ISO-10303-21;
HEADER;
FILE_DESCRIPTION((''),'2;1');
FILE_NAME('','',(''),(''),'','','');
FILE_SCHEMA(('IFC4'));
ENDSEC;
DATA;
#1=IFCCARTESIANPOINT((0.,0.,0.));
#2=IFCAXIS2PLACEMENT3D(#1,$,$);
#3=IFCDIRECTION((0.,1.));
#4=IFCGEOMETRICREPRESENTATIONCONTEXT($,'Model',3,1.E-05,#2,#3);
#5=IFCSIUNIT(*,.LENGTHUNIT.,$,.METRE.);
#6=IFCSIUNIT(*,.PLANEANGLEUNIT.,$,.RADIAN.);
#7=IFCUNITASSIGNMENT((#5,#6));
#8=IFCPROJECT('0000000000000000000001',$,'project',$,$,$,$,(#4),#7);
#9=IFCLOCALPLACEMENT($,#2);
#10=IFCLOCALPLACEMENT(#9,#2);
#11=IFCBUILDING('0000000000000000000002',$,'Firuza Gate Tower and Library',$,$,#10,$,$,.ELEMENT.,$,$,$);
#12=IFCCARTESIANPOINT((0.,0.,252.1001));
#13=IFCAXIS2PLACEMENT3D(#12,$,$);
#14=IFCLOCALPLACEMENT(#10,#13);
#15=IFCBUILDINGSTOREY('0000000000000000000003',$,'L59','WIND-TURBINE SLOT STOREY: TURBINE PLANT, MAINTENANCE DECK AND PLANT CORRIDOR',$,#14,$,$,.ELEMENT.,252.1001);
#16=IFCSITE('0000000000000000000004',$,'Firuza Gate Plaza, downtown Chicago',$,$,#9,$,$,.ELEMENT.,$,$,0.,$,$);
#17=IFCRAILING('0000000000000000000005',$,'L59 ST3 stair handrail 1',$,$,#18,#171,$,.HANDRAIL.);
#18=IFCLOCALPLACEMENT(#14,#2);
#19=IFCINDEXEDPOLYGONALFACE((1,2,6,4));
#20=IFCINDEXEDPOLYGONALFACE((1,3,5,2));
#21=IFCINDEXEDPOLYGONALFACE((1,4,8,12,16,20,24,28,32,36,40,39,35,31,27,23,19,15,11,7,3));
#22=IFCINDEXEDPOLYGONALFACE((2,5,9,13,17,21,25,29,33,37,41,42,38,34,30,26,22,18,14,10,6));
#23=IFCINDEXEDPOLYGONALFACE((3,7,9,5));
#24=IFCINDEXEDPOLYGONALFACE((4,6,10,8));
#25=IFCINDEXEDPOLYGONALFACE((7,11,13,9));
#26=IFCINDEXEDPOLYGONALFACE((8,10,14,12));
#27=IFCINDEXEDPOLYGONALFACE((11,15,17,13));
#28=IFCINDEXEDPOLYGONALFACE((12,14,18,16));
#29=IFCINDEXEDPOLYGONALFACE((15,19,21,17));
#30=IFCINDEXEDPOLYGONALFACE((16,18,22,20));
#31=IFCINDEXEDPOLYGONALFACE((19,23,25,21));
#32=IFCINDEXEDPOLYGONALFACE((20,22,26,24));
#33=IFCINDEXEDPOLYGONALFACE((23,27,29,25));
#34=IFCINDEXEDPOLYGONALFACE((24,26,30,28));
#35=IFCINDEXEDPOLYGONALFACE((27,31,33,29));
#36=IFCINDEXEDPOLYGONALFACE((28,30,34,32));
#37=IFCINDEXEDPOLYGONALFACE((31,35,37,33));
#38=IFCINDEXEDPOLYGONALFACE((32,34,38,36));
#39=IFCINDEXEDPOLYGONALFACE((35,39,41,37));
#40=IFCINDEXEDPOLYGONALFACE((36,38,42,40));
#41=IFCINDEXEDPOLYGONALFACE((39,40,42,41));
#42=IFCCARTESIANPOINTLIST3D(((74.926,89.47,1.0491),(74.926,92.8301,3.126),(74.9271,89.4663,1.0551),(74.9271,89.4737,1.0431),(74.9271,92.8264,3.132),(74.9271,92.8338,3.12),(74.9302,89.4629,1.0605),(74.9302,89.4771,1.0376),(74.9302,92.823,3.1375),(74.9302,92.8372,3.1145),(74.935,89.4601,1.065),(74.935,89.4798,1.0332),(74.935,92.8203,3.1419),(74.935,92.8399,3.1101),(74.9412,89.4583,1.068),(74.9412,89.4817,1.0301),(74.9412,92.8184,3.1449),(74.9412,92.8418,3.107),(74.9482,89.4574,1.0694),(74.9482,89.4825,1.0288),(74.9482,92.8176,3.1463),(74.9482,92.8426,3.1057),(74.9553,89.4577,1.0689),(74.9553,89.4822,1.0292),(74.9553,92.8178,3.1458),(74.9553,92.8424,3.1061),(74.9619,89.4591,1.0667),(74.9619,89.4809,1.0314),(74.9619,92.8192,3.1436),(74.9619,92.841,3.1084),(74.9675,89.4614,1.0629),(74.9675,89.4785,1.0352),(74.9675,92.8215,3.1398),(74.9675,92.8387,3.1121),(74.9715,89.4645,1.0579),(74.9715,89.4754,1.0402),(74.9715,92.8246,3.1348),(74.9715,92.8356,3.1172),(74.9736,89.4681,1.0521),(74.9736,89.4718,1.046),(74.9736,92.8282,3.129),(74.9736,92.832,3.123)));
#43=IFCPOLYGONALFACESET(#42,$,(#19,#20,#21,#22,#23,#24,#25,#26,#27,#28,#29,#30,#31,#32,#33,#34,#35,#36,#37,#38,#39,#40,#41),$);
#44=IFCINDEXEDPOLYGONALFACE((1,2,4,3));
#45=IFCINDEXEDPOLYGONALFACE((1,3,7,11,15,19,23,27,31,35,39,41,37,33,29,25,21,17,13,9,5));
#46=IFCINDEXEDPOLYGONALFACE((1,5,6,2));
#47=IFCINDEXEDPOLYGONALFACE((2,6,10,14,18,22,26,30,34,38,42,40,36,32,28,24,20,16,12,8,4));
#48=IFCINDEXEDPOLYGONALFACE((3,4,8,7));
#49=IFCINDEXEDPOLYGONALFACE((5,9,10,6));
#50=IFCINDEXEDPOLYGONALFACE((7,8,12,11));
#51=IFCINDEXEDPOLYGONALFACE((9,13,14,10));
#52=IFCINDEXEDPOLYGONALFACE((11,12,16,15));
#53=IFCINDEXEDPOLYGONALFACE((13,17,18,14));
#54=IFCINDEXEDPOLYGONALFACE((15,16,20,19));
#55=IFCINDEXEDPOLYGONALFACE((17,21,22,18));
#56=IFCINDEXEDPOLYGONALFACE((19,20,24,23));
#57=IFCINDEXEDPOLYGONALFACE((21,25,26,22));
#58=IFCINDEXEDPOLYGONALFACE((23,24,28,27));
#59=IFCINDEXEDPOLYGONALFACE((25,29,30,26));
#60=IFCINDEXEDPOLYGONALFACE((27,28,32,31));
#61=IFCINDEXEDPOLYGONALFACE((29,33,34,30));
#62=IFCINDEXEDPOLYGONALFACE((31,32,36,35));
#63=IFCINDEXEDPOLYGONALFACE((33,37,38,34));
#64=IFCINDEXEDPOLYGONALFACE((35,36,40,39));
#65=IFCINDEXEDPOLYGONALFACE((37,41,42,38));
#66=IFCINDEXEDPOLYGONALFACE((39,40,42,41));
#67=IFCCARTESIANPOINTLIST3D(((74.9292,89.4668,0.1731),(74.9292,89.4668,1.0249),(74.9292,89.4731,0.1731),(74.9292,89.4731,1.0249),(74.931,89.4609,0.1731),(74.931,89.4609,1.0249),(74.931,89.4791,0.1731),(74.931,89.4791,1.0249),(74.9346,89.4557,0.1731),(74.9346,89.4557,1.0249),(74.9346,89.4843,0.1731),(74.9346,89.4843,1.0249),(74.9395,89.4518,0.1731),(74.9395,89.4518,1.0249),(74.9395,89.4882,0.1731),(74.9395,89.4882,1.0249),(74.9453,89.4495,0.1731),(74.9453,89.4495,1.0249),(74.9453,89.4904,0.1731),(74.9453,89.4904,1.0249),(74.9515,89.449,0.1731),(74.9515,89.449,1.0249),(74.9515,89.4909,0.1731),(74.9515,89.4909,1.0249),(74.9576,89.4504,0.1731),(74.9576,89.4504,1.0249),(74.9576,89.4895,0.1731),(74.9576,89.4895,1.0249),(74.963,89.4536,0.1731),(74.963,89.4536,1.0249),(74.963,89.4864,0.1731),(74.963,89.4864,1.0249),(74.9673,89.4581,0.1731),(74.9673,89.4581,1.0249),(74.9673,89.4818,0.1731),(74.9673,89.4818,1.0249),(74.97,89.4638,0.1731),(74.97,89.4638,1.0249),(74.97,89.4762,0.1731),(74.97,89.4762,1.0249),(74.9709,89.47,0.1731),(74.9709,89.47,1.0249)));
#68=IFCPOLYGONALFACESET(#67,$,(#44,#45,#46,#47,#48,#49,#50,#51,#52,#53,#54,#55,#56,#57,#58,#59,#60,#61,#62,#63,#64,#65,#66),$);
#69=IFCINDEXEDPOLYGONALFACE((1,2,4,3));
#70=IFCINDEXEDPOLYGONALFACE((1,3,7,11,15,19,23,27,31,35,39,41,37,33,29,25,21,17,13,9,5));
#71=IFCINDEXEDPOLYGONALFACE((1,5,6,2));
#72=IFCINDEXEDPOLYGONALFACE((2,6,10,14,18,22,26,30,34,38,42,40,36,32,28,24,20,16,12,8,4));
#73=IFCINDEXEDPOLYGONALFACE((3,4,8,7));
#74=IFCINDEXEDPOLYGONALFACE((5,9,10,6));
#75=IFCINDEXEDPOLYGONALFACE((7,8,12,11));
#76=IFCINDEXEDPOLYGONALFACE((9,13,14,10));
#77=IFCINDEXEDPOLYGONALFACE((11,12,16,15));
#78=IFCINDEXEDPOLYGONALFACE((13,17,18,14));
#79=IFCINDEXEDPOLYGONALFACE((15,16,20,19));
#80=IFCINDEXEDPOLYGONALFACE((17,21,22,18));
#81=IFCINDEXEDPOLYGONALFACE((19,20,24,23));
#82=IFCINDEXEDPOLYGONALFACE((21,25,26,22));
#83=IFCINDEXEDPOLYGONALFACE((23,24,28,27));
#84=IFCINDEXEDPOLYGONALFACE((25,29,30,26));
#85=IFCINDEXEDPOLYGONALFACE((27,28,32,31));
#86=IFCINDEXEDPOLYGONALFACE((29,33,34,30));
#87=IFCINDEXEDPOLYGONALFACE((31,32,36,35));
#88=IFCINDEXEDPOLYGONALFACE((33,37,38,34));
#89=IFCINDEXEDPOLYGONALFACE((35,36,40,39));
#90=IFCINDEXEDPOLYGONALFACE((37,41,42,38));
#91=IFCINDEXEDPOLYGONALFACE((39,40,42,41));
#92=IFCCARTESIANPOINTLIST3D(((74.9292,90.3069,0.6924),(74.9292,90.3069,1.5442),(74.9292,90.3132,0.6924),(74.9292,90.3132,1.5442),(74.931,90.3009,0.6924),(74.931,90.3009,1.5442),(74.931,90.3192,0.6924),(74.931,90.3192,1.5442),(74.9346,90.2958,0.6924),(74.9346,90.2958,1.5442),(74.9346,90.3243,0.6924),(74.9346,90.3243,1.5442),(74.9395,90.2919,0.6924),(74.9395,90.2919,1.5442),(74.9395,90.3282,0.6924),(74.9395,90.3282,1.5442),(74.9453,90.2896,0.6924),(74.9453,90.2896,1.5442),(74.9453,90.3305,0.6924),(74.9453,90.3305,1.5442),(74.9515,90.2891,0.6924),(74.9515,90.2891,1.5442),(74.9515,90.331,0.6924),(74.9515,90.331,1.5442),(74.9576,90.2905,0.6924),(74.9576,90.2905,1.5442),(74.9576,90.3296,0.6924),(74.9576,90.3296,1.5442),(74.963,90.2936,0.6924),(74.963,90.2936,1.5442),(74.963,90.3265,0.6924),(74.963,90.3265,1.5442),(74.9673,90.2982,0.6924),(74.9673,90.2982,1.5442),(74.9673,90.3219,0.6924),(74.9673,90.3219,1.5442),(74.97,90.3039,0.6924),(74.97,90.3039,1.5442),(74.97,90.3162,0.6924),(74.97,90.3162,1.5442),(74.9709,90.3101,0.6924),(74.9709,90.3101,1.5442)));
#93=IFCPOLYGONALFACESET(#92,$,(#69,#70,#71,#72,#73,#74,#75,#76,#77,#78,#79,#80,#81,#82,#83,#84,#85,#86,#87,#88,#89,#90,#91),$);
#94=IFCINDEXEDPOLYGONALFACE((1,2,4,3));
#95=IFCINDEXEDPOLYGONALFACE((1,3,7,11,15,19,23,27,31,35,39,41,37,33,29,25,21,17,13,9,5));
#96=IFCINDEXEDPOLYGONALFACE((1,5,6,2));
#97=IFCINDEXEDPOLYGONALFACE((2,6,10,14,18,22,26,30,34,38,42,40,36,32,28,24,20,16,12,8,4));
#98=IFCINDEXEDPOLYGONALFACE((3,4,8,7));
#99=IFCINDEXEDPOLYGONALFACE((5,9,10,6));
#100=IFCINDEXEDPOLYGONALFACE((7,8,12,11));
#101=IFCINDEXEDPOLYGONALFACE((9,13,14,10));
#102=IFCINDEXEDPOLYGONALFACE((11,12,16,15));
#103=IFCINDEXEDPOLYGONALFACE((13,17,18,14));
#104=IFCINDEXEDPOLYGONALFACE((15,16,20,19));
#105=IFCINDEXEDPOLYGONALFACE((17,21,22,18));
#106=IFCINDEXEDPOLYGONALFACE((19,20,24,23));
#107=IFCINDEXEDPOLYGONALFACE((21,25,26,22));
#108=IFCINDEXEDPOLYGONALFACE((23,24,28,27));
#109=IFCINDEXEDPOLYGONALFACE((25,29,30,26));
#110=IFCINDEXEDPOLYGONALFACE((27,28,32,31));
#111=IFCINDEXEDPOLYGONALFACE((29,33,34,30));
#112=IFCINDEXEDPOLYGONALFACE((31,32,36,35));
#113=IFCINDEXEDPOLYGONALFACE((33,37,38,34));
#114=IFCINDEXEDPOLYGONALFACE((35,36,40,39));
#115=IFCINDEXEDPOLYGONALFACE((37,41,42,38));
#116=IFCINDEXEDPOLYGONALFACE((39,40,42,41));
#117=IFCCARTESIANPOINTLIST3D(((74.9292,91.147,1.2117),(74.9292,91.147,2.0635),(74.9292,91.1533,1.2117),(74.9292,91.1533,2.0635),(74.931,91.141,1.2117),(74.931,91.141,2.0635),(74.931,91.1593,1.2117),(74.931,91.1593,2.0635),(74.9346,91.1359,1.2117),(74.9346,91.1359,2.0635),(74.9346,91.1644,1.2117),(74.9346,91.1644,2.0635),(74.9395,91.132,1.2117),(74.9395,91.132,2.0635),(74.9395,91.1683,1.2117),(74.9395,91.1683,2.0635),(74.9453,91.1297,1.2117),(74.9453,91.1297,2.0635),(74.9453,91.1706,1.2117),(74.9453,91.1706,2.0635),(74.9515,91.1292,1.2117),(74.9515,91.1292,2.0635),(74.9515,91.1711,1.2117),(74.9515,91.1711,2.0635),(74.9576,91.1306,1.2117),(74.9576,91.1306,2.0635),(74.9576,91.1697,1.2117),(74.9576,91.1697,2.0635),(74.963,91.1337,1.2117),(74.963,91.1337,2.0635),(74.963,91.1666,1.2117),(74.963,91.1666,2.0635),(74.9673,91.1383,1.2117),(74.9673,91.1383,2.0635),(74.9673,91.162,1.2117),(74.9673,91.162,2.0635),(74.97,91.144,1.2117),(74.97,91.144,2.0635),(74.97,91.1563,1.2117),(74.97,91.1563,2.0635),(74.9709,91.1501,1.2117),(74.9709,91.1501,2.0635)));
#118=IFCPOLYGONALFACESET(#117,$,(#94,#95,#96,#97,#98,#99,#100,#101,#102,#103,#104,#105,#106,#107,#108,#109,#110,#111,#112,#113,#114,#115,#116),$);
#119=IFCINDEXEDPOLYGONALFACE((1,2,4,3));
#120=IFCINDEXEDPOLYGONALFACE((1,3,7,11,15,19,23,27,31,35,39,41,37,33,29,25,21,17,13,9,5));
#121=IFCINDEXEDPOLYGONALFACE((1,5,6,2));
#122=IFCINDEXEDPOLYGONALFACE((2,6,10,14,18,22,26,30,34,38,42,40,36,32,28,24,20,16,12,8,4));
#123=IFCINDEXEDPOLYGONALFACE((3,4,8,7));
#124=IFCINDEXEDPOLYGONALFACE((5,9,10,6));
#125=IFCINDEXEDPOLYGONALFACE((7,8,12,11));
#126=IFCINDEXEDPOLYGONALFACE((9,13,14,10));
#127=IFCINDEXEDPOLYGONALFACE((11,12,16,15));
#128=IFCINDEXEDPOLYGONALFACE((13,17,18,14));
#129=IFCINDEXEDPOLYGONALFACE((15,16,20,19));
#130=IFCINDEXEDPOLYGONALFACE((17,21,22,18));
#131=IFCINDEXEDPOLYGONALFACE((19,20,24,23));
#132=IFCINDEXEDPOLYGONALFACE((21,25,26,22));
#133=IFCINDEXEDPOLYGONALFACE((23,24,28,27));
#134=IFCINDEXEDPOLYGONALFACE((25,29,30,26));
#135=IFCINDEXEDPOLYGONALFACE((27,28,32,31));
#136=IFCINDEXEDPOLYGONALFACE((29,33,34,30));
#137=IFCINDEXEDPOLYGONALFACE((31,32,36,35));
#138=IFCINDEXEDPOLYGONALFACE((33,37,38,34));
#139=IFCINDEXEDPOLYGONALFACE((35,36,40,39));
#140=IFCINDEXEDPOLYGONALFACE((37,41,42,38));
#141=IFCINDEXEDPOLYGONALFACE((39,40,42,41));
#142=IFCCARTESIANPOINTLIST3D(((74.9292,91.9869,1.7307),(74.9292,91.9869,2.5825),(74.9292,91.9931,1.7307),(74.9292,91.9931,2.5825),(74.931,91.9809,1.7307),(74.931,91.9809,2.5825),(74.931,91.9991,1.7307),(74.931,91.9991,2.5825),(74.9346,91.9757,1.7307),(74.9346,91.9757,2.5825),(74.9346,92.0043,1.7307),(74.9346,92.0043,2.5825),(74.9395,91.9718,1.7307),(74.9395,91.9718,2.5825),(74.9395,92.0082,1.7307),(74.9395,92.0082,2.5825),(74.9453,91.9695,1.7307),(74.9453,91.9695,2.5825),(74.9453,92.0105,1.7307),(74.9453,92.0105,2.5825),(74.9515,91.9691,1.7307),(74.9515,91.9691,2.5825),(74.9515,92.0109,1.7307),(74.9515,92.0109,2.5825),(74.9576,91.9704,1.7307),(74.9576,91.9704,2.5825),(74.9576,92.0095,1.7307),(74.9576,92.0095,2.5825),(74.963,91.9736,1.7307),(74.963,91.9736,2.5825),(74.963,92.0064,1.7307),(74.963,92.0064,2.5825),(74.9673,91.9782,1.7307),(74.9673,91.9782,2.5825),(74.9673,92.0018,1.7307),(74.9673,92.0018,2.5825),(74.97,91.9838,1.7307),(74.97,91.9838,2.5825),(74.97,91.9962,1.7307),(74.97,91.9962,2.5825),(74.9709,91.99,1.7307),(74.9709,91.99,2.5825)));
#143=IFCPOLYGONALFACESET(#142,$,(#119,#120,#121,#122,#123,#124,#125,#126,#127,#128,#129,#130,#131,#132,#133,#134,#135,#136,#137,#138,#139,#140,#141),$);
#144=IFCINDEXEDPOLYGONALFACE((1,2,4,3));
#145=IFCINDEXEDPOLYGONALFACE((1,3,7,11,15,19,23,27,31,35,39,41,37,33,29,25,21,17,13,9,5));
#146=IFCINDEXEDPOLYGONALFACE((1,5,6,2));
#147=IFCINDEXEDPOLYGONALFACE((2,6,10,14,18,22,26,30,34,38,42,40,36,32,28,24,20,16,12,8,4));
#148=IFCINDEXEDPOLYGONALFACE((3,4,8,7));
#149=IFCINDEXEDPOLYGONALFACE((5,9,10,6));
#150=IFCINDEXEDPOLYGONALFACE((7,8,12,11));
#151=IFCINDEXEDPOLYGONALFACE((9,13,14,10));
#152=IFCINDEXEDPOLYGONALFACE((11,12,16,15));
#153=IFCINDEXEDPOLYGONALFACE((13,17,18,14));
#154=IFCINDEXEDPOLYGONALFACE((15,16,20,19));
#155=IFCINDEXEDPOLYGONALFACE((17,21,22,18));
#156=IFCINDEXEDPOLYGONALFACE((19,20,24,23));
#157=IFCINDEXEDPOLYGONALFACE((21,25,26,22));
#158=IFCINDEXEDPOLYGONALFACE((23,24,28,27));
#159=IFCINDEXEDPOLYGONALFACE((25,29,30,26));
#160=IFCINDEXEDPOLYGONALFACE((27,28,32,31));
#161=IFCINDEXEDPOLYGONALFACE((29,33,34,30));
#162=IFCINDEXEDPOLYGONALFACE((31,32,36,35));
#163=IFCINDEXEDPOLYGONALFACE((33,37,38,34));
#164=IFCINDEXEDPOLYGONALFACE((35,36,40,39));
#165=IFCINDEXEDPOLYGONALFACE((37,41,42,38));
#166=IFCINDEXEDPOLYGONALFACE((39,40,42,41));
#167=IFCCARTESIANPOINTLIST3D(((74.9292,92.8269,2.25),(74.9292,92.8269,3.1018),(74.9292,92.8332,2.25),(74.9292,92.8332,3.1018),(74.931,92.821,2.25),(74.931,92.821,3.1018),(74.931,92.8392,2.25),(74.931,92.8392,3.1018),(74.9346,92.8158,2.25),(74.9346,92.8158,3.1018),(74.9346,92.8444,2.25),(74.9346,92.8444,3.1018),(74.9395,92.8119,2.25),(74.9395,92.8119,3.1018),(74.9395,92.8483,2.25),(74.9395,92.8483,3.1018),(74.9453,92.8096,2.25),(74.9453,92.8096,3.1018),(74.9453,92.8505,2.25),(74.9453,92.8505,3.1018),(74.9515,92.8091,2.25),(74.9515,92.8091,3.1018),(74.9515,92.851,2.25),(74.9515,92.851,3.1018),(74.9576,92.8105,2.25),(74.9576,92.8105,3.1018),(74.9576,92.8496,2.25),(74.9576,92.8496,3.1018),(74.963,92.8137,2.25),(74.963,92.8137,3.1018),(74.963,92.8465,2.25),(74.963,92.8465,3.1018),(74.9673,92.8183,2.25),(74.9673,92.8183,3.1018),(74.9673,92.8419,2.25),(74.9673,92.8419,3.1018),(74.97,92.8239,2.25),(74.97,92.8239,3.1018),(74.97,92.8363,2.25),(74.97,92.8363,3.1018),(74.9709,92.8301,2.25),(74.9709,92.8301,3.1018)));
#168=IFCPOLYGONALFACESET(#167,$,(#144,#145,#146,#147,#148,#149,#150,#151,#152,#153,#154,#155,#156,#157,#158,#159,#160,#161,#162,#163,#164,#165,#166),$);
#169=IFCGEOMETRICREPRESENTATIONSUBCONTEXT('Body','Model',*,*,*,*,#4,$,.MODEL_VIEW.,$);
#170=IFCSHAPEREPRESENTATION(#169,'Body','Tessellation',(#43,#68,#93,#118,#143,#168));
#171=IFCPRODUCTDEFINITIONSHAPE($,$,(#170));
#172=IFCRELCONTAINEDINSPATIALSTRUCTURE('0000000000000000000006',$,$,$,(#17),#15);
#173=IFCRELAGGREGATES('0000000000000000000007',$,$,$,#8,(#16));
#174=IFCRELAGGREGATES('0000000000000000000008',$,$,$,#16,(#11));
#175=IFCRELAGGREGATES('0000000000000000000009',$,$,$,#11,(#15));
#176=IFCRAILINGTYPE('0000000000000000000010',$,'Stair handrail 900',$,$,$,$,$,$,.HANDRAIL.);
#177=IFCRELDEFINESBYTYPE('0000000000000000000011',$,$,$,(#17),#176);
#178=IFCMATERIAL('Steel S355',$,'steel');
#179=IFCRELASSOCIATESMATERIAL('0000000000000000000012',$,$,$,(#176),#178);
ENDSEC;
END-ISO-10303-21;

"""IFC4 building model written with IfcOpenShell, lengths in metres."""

from ifc_helpers import new_model, si_unit, direction, frame, origin, origin_2d, place, context, subcontext, project, spatial, circle, extrude, material, type_object, element, save


model = new_model("IFC4")

# Units and contexts
model_context = context("Model", 3, precision=1e-05, world=origin(), true_north=direction((0.0, 1.0)))
body_context = subcontext(model_context, "Body", "Model", "MODEL_VIEW")
ifc_project = project(units=[si_unit("LENGTHUNIT", "METRE"), si_unit("PLANEANGLEUNIT", "RADIAN")], contexts=[model_context])

# Site, building, storey
site_placement = place(None, origin())
site = spatial("IfcSite", under=ifc_project, at=site_placement, Name="Firuza Gate Plaza, downtown Chicago", CompositionType="ELEMENT", RefElevation=0.0)
building_placement = place(site_placement, origin())
building = spatial("IfcBuilding", under=site, at=building_placement, Name="Firuza Gate Tower and Library", CompositionType="ELEMENT")
storey_placement = place(building_placement, frame((0.0, 0.0, 252.1001)))
storey = spatial("IfcBuildingStorey", under=building, at=storey_placement, Name="L59", Description="WIND-TURBINE SLOT STOREY: TURBINE PLANT, MAINTENANCE DECK AND PLANT CORRIDOR", CompositionType="ELEMENT", Elevation=252.1001)

# Railing
ifc_material_1 = material(Name="Steel S355", Category="steel")
railing_type = type_object("IfcRailingType", Name="Stair handrail 900", PredefinedType="HANDRAIL", material=ifc_material_1)
railing_placement = place(storey_placement, frame((74.95, 89.47, 0.1731)))
element("IfcRailing", 1, at=railing_placement, inside=storey, type_object=railing_type, Name="L59 ST3 stair handrail 1", PredefinedType="HANDRAIL", context=body_context, shape_type="SweptSolid", body=[
    extrude(circle(Radius=0.0239, at=origin_2d()), frame((0.0, 0.0, 0.876), z_axis=(0.0, 0.850623, 0.525776), x_axis=(-1.0, 0.0, 0.0)), (0.0, 0.0, 1.0), 3.9502),
    extrude(circle(Radius=0.021, at=origin_2d()), origin(), (0.0, 0.0, 1.0), 0.8518),
    extrude(circle(Radius=0.021, at=origin_2d()), frame((0.0, 0.8401, 0.5193)), (0.0, 0.0, 1.0), 0.8518),
    extrude(circle(Radius=0.021, at=origin_2d()), frame((0.0, 1.6802, 1.0386)), (0.0, 0.0, 1.0), 0.8518),
    extrude(circle(Radius=0.021, at=origin_2d()), frame((0.0, 2.52, 1.5576)), (0.0, 0.0, 1.0), 0.8518),
    extrude(circle(Radius=0.021, at=origin_2d()), frame((0.0, 3.3601, 2.0769)), (0.0, 0.0, 1.0), 0.8518),
])

save(model, "model.ifc")
